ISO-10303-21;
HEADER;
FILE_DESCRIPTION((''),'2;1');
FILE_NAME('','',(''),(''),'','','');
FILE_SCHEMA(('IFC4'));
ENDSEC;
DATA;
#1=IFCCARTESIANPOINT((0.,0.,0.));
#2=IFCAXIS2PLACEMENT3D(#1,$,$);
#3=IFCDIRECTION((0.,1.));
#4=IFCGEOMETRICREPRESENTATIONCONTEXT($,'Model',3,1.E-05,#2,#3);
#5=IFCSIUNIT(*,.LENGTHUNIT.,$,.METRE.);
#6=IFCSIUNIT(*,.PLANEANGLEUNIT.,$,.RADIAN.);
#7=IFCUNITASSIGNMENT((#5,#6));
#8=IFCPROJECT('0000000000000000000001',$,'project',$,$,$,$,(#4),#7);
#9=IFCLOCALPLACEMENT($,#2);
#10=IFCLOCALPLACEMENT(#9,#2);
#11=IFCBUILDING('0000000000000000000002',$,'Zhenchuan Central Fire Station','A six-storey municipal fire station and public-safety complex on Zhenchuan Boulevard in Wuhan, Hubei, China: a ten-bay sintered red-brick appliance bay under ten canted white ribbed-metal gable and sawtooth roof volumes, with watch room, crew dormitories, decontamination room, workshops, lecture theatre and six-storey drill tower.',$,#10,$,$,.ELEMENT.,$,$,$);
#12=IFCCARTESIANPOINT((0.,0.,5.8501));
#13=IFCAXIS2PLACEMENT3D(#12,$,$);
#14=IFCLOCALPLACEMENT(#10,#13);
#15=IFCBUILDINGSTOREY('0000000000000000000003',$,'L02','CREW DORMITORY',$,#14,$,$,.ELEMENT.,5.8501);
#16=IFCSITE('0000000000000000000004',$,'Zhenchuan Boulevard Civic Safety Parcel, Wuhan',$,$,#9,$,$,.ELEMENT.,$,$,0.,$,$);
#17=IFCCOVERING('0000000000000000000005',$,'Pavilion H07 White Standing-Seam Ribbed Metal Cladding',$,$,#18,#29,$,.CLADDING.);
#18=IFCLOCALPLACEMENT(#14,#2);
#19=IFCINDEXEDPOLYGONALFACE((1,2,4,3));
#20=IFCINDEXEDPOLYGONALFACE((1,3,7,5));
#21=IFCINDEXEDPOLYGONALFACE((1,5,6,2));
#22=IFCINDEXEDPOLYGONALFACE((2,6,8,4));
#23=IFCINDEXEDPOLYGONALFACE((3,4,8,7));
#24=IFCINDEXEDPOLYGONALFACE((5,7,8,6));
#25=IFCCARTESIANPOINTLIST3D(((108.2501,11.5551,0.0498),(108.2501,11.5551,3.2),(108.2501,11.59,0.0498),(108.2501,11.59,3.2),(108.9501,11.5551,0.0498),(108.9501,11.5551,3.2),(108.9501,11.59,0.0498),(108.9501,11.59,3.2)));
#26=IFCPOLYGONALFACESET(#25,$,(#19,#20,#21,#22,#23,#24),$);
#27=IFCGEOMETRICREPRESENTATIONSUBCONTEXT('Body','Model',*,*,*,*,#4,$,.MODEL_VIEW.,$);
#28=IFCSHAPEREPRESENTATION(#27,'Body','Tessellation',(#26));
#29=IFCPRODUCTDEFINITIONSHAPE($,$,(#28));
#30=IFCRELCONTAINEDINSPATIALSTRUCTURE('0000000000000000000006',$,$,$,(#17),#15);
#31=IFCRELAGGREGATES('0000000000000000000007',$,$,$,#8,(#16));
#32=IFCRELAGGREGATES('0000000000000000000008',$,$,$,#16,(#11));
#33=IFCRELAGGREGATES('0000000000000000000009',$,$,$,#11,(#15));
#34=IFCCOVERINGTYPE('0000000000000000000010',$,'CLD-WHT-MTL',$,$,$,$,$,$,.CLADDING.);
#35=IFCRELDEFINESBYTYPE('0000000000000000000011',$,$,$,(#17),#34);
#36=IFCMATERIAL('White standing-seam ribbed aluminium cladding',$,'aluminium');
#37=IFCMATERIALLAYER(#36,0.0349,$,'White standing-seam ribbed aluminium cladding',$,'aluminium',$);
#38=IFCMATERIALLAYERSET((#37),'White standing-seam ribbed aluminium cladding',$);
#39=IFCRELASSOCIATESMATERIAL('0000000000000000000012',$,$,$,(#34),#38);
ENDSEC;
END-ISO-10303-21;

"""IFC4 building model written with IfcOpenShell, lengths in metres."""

from ifc_helpers import new_model, si_unit, direction, frame, frame_2d, origin, place, context, subcontext, project, spatial, rectangle, extrude, material, layer, layer_set, type_object, element, save


model = new_model("IFC4")

# Units and contexts
model_context = context("Model", 3, precision=1e-05, world=origin(), true_north=direction((0.0, 1.0)))
body_context = subcontext(model_context, "Body", "Model", "MODEL_VIEW")
ifc_project = project(units=[si_unit("LENGTHUNIT", "METRE"), si_unit("PLANEANGLEUNIT", "RADIAN")], contexts=[model_context])

# Site, building, storey
site_placement = place(None, origin())
site = spatial("IfcSite", under=ifc_project, at=site_placement, Name="Zhenchuan Boulevard Civic Safety Parcel, Wuhan", CompositionType="ELEMENT", RefElevation=0.0)
building_placement = place(site_placement, origin())
building = spatial("IfcBuilding", under=site, at=building_placement, Name="Zhenchuan Central Fire Station", Description="A six-storey municipal fire station and public-safety complex on Zhenchuan Boulevard in Wuhan, Hubei, China: a ten-bay sintered red-brick appliance bay under ten canted white ribbed-metal gable and sawtooth roof volumes, with watch room, crew dormitories, decontamination room, workshops, lecture theatre and six-storey drill tower.", CompositionType="ELEMENT")
storey_placement = place(building_placement, frame((0.0, 0.0, 5.8501)))
storey = spatial("IfcBuildingStorey", under=building, at=storey_placement, Name="L02", Description="CREW DORMITORY", CompositionType="ELEMENT", Elevation=5.8501)

# Covering
ifc_material_1 = material(Name="White standing-seam ribbed aluminium cladding", Category="aluminium")
ifc_layer_1 = layer(ifc_material_1, 0.0349, Name="White standing-seam ribbed aluminium cladding", Category="aluminium")
ifc_layer_set_1 = layer_set([ifc_layer_1], Name="White standing-seam ribbed aluminium cladding")
covering_type_1 = type_object("IfcCoveringType", Name="CLD-WHT-MTL", PredefinedType="CLADDING", material=ifc_layer_set_1)
covering_1_placement = place(storey_placement, frame((108.25, 11.5725, 0.0498), z_axis=(0.0, 0.0, 1.0), x_axis=(1.0, 0.0, 0.0)))
element("IfcCovering", 1, at=covering_1_placement, inside=storey, type_object=covering_type_1, Name="Pavilion H07 White Standing-Seam Ribbed Metal Cladding", PredefinedType="CLADDING", context=body_context, shape_type="SweptSolid", body=[
    extrude(rectangle(XDim=0.7, YDim=0.0349, at=frame_2d((0.3501, 0.0))), origin(), (0.0, 0.0, 1.0), 3.1501),
])

save(model, "model.ifc")
